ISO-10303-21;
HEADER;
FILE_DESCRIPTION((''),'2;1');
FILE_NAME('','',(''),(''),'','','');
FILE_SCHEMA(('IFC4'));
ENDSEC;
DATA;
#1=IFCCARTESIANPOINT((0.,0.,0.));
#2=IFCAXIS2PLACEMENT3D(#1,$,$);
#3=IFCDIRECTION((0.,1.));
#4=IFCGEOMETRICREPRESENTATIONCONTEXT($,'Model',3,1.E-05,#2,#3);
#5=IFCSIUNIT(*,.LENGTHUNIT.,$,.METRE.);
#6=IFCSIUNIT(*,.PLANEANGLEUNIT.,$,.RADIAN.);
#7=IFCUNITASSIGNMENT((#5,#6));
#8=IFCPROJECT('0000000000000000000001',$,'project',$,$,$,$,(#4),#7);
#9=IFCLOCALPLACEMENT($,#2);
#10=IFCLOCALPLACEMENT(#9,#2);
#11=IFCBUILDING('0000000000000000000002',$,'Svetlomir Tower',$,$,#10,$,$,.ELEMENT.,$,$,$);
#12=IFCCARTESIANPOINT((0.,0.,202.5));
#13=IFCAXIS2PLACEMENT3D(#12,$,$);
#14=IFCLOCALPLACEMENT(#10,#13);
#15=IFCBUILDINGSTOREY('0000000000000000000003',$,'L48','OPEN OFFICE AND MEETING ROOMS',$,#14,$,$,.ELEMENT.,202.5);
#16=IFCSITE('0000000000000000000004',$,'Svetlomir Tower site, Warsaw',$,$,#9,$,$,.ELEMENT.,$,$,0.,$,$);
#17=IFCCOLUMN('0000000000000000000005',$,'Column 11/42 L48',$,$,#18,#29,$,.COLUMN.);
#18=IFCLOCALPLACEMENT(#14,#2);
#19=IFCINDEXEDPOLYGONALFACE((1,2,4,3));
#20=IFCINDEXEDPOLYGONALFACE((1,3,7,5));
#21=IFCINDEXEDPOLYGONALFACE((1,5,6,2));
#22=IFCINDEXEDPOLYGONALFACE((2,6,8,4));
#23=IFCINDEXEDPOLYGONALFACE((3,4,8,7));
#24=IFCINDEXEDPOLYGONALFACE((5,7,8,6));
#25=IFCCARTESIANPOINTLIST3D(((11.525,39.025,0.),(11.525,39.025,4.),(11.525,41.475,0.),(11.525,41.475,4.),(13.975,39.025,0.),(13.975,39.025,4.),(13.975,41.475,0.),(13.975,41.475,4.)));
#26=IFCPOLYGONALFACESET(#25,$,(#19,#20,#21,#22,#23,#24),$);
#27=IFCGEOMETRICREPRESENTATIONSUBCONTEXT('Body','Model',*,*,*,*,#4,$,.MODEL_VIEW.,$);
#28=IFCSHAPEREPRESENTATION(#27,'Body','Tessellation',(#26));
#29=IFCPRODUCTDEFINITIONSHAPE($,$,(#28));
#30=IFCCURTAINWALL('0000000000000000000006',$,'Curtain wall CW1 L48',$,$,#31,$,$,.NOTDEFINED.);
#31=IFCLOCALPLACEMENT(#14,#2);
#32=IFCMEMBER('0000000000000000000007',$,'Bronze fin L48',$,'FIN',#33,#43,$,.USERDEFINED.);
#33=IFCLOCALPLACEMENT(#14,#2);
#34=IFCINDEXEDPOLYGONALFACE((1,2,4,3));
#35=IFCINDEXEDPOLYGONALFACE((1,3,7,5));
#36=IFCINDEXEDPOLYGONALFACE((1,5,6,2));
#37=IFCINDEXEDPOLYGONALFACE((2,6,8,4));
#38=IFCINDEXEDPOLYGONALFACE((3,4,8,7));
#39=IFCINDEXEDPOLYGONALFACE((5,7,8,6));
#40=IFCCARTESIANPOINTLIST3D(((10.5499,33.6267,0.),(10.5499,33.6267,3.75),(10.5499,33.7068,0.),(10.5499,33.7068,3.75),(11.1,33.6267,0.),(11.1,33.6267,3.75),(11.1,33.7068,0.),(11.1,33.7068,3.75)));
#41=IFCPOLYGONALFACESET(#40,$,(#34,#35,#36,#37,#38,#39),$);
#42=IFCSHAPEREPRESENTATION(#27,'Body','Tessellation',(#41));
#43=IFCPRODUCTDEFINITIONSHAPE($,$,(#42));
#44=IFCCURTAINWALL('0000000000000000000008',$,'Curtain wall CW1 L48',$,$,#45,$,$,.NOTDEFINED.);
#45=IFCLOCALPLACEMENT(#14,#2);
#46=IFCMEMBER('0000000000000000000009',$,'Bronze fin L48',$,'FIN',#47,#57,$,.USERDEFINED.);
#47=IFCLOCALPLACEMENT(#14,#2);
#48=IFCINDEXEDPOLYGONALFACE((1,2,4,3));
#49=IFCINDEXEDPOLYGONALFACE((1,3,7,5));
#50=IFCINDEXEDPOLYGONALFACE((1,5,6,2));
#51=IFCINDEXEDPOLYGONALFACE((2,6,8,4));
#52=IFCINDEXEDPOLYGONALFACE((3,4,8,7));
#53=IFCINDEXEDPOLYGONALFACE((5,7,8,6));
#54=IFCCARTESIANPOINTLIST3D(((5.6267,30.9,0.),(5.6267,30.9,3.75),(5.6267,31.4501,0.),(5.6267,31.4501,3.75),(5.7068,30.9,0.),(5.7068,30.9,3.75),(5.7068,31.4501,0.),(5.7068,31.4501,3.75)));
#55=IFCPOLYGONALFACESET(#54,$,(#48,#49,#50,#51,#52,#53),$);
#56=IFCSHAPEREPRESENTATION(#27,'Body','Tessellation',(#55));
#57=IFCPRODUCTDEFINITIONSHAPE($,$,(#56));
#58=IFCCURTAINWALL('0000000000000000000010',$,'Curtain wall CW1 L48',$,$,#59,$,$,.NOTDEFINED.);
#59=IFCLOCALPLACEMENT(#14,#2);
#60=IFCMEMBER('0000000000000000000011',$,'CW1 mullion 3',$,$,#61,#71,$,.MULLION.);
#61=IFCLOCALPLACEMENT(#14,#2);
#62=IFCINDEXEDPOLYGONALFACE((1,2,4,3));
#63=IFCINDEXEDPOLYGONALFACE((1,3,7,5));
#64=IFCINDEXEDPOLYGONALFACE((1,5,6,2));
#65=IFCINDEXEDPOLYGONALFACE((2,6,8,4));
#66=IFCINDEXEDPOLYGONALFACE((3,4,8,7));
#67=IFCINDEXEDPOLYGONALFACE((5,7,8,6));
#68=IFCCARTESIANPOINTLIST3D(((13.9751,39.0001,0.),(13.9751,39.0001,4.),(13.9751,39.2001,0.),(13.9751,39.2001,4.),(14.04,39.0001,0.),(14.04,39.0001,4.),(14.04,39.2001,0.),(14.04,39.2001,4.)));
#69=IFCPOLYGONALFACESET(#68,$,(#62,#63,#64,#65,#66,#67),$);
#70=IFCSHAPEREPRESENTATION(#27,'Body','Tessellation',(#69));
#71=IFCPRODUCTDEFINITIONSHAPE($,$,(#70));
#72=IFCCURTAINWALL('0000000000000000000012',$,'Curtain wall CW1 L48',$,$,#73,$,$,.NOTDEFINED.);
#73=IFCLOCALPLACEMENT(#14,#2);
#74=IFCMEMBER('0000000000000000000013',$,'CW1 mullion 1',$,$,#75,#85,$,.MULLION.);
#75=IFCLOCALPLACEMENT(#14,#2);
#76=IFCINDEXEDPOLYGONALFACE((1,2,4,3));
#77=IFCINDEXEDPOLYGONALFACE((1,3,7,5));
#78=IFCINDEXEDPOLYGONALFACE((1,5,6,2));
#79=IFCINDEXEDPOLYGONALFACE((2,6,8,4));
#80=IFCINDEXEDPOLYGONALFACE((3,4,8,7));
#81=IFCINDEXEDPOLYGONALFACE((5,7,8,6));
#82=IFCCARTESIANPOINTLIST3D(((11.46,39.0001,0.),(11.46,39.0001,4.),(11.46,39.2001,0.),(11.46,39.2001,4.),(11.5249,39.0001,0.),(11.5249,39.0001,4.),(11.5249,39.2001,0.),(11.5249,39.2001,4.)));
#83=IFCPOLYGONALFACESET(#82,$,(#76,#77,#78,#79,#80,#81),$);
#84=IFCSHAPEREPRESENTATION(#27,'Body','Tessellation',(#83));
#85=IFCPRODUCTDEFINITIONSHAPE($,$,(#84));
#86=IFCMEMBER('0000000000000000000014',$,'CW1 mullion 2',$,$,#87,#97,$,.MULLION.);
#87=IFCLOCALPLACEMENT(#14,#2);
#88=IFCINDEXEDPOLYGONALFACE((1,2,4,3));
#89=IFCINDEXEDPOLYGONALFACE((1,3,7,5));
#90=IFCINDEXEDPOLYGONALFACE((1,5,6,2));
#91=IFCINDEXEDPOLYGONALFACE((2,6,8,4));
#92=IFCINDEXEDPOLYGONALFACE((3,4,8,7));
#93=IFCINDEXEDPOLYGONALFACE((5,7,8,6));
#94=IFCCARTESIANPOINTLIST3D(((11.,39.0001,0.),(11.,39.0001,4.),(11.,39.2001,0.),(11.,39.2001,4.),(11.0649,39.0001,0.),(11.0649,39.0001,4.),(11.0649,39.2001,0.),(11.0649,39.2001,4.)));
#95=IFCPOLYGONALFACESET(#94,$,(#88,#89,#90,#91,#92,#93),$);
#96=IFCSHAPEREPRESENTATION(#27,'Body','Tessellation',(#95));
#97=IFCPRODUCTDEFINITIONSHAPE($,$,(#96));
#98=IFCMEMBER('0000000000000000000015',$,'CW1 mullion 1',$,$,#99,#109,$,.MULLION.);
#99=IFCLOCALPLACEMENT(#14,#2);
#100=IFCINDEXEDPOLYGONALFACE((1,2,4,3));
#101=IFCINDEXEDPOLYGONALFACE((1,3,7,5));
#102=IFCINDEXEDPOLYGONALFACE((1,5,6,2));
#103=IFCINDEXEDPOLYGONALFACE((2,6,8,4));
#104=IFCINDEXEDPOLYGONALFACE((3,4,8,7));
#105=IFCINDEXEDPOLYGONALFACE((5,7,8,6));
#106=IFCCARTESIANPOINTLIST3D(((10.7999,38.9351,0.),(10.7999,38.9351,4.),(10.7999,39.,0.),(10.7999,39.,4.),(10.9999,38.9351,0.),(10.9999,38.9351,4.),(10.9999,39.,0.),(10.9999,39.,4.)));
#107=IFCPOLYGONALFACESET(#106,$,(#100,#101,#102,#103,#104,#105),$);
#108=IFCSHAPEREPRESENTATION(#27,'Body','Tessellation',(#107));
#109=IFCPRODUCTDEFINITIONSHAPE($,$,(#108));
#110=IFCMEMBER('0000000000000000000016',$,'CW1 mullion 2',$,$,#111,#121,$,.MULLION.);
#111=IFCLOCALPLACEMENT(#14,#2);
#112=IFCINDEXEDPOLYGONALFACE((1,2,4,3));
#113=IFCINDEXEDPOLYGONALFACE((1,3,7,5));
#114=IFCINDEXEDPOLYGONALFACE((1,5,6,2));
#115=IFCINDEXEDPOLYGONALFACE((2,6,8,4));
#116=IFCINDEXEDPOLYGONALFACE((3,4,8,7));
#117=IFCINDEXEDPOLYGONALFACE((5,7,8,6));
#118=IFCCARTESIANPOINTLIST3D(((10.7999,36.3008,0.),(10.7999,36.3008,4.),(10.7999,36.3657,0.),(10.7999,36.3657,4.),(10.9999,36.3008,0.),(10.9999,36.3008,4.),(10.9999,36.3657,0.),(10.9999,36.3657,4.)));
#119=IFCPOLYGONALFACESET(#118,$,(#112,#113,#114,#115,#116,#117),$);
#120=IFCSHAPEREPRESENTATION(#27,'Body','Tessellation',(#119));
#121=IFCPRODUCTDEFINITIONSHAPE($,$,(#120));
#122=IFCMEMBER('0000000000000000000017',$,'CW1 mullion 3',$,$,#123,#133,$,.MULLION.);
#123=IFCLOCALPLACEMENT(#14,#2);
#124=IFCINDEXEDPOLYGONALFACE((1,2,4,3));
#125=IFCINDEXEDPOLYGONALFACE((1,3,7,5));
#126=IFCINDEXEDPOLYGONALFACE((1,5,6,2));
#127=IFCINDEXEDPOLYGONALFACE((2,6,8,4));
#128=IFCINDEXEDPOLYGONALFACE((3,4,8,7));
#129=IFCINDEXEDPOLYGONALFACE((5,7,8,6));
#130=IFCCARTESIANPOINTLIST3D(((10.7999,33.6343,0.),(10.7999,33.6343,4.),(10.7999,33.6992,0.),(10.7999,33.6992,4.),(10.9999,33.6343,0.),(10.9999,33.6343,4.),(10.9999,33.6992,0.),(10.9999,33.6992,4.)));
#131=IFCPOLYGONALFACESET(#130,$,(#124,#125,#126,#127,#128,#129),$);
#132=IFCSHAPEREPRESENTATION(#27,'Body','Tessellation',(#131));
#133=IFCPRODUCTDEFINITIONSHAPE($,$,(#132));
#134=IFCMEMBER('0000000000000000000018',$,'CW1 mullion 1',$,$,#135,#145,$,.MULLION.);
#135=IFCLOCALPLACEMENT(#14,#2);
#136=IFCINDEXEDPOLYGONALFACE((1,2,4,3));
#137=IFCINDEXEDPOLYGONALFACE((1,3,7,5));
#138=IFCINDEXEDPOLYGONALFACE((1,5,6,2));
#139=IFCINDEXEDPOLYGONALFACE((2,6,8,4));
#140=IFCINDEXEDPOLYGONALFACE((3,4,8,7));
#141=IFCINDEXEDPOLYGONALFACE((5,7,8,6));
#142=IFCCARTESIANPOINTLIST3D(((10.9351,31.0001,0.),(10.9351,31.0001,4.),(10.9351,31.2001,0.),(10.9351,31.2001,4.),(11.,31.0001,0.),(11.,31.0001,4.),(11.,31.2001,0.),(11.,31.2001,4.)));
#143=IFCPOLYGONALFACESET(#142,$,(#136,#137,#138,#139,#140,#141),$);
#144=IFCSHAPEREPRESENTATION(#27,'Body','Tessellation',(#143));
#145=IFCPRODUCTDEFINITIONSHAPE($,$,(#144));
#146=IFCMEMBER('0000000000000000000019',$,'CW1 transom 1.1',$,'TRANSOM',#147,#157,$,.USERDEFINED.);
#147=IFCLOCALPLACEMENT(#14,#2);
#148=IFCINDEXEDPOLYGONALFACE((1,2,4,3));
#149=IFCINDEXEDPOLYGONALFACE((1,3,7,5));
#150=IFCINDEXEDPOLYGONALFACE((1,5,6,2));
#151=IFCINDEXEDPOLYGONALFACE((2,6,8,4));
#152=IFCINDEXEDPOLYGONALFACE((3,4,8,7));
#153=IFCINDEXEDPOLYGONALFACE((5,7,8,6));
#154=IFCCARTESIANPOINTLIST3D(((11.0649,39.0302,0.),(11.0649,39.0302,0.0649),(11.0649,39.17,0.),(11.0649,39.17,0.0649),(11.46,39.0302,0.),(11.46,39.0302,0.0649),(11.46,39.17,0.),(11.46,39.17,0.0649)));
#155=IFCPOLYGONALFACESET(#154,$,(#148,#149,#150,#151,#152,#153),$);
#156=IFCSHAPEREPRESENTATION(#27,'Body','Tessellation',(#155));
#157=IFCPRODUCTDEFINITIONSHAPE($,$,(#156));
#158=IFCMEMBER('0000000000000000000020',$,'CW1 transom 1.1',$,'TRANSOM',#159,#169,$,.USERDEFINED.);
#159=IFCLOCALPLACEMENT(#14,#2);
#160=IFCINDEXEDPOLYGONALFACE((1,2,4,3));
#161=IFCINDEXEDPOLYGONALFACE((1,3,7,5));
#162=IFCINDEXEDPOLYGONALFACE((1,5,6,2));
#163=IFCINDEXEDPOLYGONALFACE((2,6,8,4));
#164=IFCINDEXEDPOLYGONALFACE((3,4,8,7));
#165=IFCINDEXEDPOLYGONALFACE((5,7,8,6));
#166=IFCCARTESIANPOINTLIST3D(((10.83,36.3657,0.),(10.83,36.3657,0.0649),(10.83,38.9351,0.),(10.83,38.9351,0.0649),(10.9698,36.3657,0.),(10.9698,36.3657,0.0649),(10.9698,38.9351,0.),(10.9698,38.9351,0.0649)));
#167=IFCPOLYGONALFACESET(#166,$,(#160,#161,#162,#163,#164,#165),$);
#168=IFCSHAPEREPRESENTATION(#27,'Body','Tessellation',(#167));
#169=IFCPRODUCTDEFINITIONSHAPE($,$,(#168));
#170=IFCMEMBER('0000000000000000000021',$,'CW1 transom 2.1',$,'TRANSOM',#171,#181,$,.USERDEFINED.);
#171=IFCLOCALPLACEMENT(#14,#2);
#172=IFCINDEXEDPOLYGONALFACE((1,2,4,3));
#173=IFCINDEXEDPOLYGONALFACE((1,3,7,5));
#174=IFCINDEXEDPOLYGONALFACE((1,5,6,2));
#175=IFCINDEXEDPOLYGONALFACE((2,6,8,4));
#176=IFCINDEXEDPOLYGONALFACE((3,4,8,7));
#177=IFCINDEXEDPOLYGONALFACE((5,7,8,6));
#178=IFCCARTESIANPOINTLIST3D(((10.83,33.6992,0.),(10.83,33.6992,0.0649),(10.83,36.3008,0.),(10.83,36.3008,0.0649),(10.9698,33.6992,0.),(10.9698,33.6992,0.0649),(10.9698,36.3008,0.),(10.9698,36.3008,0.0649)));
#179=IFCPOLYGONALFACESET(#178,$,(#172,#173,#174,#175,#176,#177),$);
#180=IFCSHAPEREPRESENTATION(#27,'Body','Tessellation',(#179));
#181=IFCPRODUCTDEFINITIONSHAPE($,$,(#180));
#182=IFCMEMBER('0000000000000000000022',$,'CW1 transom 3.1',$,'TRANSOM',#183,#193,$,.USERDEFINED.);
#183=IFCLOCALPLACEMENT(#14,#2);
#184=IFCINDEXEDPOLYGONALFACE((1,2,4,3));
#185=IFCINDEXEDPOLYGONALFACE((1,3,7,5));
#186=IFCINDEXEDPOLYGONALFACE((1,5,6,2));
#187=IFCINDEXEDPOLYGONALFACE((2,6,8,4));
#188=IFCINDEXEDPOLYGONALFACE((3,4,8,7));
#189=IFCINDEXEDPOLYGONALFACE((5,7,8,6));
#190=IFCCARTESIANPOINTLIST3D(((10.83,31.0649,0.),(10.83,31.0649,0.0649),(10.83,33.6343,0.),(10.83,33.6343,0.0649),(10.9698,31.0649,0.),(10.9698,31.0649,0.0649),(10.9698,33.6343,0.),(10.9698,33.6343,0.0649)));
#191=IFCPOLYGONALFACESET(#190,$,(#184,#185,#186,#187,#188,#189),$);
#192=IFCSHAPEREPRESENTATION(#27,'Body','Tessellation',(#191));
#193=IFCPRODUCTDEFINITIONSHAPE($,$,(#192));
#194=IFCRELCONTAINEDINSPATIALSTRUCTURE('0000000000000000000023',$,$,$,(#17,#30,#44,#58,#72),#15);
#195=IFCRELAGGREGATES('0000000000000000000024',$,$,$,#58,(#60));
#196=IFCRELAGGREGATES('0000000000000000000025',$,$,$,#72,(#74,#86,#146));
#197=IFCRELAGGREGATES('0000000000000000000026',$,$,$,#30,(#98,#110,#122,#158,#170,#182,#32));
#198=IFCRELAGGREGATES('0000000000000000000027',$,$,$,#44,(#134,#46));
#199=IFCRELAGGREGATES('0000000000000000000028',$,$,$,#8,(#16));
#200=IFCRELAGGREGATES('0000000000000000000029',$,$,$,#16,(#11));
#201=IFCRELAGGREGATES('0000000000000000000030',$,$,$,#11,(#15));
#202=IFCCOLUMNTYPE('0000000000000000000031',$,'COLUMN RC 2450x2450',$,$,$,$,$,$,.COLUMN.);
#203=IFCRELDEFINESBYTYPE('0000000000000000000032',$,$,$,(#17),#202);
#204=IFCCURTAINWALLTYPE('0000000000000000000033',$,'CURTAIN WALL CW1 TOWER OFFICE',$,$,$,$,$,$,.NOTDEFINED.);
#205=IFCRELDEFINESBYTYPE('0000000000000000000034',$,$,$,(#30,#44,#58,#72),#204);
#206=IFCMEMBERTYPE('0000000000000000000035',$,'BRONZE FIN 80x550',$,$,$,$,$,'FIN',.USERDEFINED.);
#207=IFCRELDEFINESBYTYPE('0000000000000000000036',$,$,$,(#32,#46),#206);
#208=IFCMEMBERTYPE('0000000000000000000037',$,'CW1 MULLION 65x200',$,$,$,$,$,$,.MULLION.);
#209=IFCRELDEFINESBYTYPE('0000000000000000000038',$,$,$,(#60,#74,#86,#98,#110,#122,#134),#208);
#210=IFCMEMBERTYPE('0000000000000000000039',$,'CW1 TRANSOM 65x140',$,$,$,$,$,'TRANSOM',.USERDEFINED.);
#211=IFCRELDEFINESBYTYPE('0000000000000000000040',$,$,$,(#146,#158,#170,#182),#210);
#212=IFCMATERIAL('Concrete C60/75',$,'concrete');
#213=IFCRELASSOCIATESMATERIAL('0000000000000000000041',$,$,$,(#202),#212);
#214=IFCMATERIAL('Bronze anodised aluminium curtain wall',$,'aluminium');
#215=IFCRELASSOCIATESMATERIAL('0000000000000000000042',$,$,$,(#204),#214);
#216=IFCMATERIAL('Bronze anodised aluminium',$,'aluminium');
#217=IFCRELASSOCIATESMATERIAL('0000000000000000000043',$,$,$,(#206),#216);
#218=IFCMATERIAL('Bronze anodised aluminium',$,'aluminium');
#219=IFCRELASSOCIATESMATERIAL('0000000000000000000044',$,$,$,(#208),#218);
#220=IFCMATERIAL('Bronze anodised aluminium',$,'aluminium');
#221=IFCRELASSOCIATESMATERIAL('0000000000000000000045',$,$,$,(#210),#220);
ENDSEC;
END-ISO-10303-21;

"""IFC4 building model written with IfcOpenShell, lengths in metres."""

from ifc_helpers import new_model, si_unit, direction, frame, origin, origin_2d, place, context, subcontext, project, spatial, rectangle, extrude, material, material_profile, profile_set, type_object, element, aggregate, save


model = new_model("IFC4")

# Units and contexts
model_context = context("Model", 3, precision=1e-05, world=origin(), true_north=direction((0.0, 1.0)))
body_context = subcontext(model_context, "Body", "Model", "MODEL_VIEW")
ifc_project = project(units=[si_unit("LENGTHUNIT", "METRE"), si_unit("PLANEANGLEUNIT", "RADIAN")], contexts=[model_context])

# Site, building, storey
site_placement = place(None, origin())
site = spatial("IfcSite", under=ifc_project, at=site_placement, Name="Svetlomir Tower site, Warsaw", CompositionType="ELEMENT", RefElevation=0.0)
building_placement = place(site_placement, origin())
building = spatial("IfcBuilding", under=site, at=building_placement, Name="Svetlomir Tower", CompositionType="ELEMENT")
storey_placement = place(building_placement, frame((0.0, 0.0, 202.5)))
storey = spatial("IfcBuildingStorey", under=building, at=storey_placement, Name="L48", Description="OPEN OFFICE AND MEETING ROOMS", CompositionType="ELEMENT", Elevation=202.5)

# Column
ifc_material_1 = material(Name="Concrete C60/75", Category="concrete")
ifc_material_profile_1 = material_profile(ifc_material_1, rectangle(XDim=2.45, YDim=2.45, at=origin_2d()), Name="RC 2450x2450")
ifc_profile_set_1 = profile_set([ifc_material_profile_1], Name="Concrete C60/75")
column_type = type_object("IfcColumnType", Name="COLUMN RC 2450x2450", PredefinedType="COLUMN", material=ifc_profile_set_1)
column_placement = place(storey_placement, frame((12.75, 40.25, 0.0), z_axis=(0.0, 0.0, 1.0), x_axis=(1.0, 0.0, 0.0)))
element("IfcColumn", 1, at=column_placement, inside=storey, type_object=column_type, Name="Column 11/42 L48", PredefinedType="COLUMN", context=body_context, shape_type="SweptSolid", body=[
    extrude(rectangle(XDim=2.45, YDim=2.45, at=origin_2d()), origin(), (0.0, 0.0, 1.0), 4.0),
])

# Curtain walls, members
ifc_material_2 = material(Name="Bronze anodised aluminium curtain wall", Category="aluminium")
curtain_wall_type = type_object("IfcCurtainWallType", Name="CURTAIN WALL CW1 TOWER OFFICE", PredefinedType="NOTDEFINED", material=ifc_material_2)
curtain_wall_1_placement = place(storey_placement, origin())
curtain_wall_1 = element("IfcCurtainWall", 2, at=curtain_wall_1_placement, inside=storey, type_object=curtain_wall_type, Name="Curtain wall CW1 L48", PredefinedType="NOTDEFINED")
ifc_material_3 = material(Name="Bronze anodised aluminium", Category="aluminium")
ifc_material_profile_2 = material_profile(ifc_material_3, rectangle(XDim=0.0801, YDim=0.55, at=origin_2d()), Name="FIN 80x550")
ifc_profile_set_2 = profile_set([ifc_material_profile_2], Name="Bronze anodised aluminium 6063-T6")
member_type_1 = type_object("IfcMemberType", Name="BRONZE FIN 80x550", ElementType="FIN", PredefinedType="USERDEFINED", material=ifc_profile_set_2)
member_1_placement = place(storey_placement, frame((10.825, 33.6667, 0.0), z_axis=(0.0, 0.0, 1.0), x_axis=(0.0, 1.0, 0.0)))
member_1 = element("IfcMember", 3, at=member_1_placement, type_object=member_type_1, Name="Bronze fin L48", ObjectType="FIN", PredefinedType="USERDEFINED", context=body_context, shape_type="SweptSolid", body=[
    extrude(rectangle(XDim=0.0801, YDim=0.55, at=origin_2d()), origin(), (0.0, 0.0, 1.0), 3.75),
])
curtain_wall_2_placement = place(storey_placement, origin())
curtain_wall_2 = element("IfcCurtainWall", 4, at=curtain_wall_2_placement, inside=storey, type_object=curtain_wall_type, Name="Curtain wall CW1 L48", PredefinedType="NOTDEFINED")
member_2_placement = place(storey_placement, frame((5.6667, 31.175, 0.0), z_axis=(0.0, 0.0, 1.0), x_axis=(1.0, 0.0, 0.0)))
member_2 = element("IfcMember", 5, at=member_2_placement, type_object=member_type_1, Name="Bronze fin L48", ObjectType="FIN", PredefinedType="USERDEFINED", context=body_context, shape_type="SweptSolid", body=[
    extrude(rectangle(XDim=0.0801, YDim=0.55, at=origin_2d()), origin(), (0.0, 0.0, 1.0), 3.75),
])
curtain_wall_3_placement = place(storey_placement, origin())
curtain_wall_3 = element("IfcCurtainWall", 6, at=curtain_wall_3_placement, inside=storey, type_object=curtain_wall_type, Name="Curtain wall CW1 L48", PredefinedType="NOTDEFINED")
ifc_material_4 = material(Name="Bronze anodised aluminium", Category="aluminium")
ifc_material_profile_3 = material_profile(ifc_material_4, rectangle(XDim=0.0649, YDim=0.2, at=origin_2d()), Name="AL 65x200")
ifc_profile_set_3 = profile_set([ifc_material_profile_3], Name="Bronze anodised aluminium 6063-T6")
member_type_2 = type_object("IfcMemberType", Name="CW1 MULLION 65x200", PredefinedType="MULLION", material=ifc_profile_set_3)
member_3_placement = place(storey_placement, frame((14.0076, 39.1001, 0.0), z_axis=(0.0, 0.0, 1.0), x_axis=(-1.0, 0.0, 0.0)))
member_3 = element("IfcMember", 7, at=member_3_placement, type_object=member_type_2, Name="CW1 mullion 3", PredefinedType="MULLION", context=body_context, shape_type="SweptSolid", body=[
    extrude(rectangle(XDim=0.0649, YDim=0.2, at=origin_2d()), origin(), (0.0, 0.0, 1.0), 4.0),
])
aggregate(curtain_wall_3, [member_3])

# Curtain wall, members
curtain_wall_4_placement = place(storey_placement, origin())
curtain_wall_4 = element("IfcCurtainWall", 8, at=curtain_wall_4_placement, inside=storey, type_object=curtain_wall_type, Name="Curtain wall CW1 L48", PredefinedType="NOTDEFINED")
member_4_placement = place(storey_placement, frame((11.4924, 39.1001, 0.0), z_axis=(0.0, 0.0, 1.0), x_axis=(-1.0, 0.0, 0.0)))
member_4 = element("IfcMember", 9, at=member_4_placement, type_object=member_type_2, Name="CW1 mullion 1", PredefinedType="MULLION", context=body_context, shape_type="SweptSolid", body=[
    extrude(rectangle(XDim=0.0649, YDim=0.2, at=origin_2d()), origin(), (0.0, 0.0, 1.0), 4.0),
])
member_5_placement = place(storey_placement, frame((11.0325, 39.1001, 0.0), z_axis=(0.0, 0.0, 1.0), x_axis=(-1.0, 0.0, 0.0)))
member_5 = element("IfcMember", 10, at=member_5_placement, type_object=member_type_2, Name="CW1 mullion 2", PredefinedType="MULLION", context=body_context, shape_type="SweptSolid", body=[
    extrude(rectangle(XDim=0.0649, YDim=0.2, at=origin_2d()), origin(), (0.0, 0.0, 1.0), 4.0),
])

# Members
member_6_placement = place(storey_placement, frame((10.8999, 38.9675, 0.0), z_axis=(0.0, 0.0, 1.0), x_axis=(0.0, -1.0, 0.0)))
member_6 = element("IfcMember", 11, at=member_6_placement, type_object=member_type_2, Name="CW1 mullion 1", PredefinedType="MULLION", context=body_context, shape_type="SweptSolid", body=[
    extrude(rectangle(XDim=0.0649, YDim=0.2, at=origin_2d()), origin(), (0.0, 0.0, 1.0), 4.0),
])
member_7_placement = place(storey_placement, frame((10.8999, 36.3333, 0.0), z_axis=(0.0, 0.0, 1.0), x_axis=(0.0, -1.0, 0.0)))
member_7 = element("IfcMember", 12, at=member_7_placement, type_object=member_type_2, Name="CW1 mullion 2", PredefinedType="MULLION", context=body_context, shape_type="SweptSolid", body=[
    extrude(rectangle(XDim=0.0649, YDim=0.2, at=origin_2d()), origin(), (0.0, 0.0, 1.0), 4.0),
])
member_8_placement = place(storey_placement, frame((10.8999, 33.6667, 0.0), z_axis=(0.0, 0.0, 1.0), x_axis=(0.0, -1.0, 0.0)))
member_8 = element("IfcMember", 13, at=member_8_placement, type_object=member_type_2, Name="CW1 mullion 3", PredefinedType="MULLION", context=body_context, shape_type="SweptSolid", body=[
    extrude(rectangle(XDim=0.0649, YDim=0.2, at=origin_2d()), origin(), (0.0, 0.0, 1.0), 4.0),
])
member_9_placement = place(storey_placement, frame((10.9675, 31.1001, 0.0), z_axis=(0.0, 0.0, 1.0), x_axis=(-1.0, 0.0, 0.0)))
member_9 = element("IfcMember", 14, at=member_9_placement, type_object=member_type_2, Name="CW1 mullion 1", PredefinedType="MULLION", context=body_context, shape_type="SweptSolid", body=[
    extrude(rectangle(XDim=0.0649, YDim=0.2, at=origin_2d()), origin(), (0.0, 0.0, 1.0), 4.0),
])
ifc_material_5 = material(Name="Bronze anodised aluminium", Category="aluminium")
ifc_material_profile_4 = material_profile(ifc_material_5, rectangle(XDim=0.1399, YDim=0.0649, at=origin_2d()), Name="AL 140x65")
ifc_profile_set_4 = profile_set([ifc_material_profile_4], Name="Bronze anodised aluminium 6063-T6")
member_type_3 = type_object("IfcMemberType", Name="CW1 TRANSOM 65x140", ElementType="TRANSOM", PredefinedType="USERDEFINED", material=ifc_profile_set_4)
member_10_placement = place(storey_placement, frame((11.46, 39.1001, 0.0325), z_axis=(-1.0, 0.0, 0.0), x_axis=(0.0, -1.0, 0.0)))
member_10 = element("IfcMember", 15, at=member_10_placement, type_object=member_type_3, Name="CW1 transom 1.1", ObjectType="TRANSOM", PredefinedType="USERDEFINED", context=body_context, shape_type="SweptSolid", body=[
    extrude(rectangle(XDim=0.1399, YDim=0.0649, at=origin_2d()), origin(), (0.0, 0.0, 1.0), 0.395),
])
member_11_placement = place(storey_placement, frame((10.8999, 38.9351, 0.0325), z_axis=(0.0, -1.0, 0.0), x_axis=(1.0, 0.0, 0.0)))
member_11 = element("IfcMember", 16, at=member_11_placement, type_object=member_type_3, Name="CW1 transom 1.1", ObjectType="TRANSOM", PredefinedType="USERDEFINED", context=body_context, shape_type="SweptSolid", body=[
    extrude(rectangle(XDim=0.1399, YDim=0.0649, at=origin_2d()), origin(), (0.0, 0.0, 1.0), 2.5693),
])
member_12_placement = place(storey_placement, frame((10.8999, 36.3008, 0.0325), z_axis=(0.0, -1.0, 0.0), x_axis=(1.0, 0.0, 0.0)))
member_12 = element("IfcMember", 17, at=member_12_placement, type_object=member_type_3, Name="CW1 transom 2.1", ObjectType="TRANSOM", PredefinedType="USERDEFINED", context=body_context, shape_type="SweptSolid", body=[
    extrude(rectangle(XDim=0.1399, YDim=0.0649, at=origin_2d()), origin(), (0.0, 0.0, 1.0), 2.6016),
])
member_13_placement = place(storey_placement, frame((10.8999, 33.6343, 0.0325), z_axis=(0.0, -1.0, 0.0), x_axis=(1.0, 0.0, 0.0)))
member_13 = element("IfcMember", 18, at=member_13_placement, type_object=member_type_3, Name="CW1 transom 3.1", ObjectType="TRANSOM", PredefinedType="USERDEFINED", context=body_context, shape_type="SweptSolid", body=[
    extrude(rectangle(XDim=0.1399, YDim=0.0649, at=origin_2d()), origin(), (0.0, 0.0, 1.0), 2.5693),
])

aggregate(curtain_wall_4, [member_4, member_5, member_10])
aggregate(curtain_wall_1, [member_6, member_7, member_8, member_11, member_12, member_13, member_1])
aggregate(curtain_wall_2, [member_9, member_2])

save(model, "model.ifc")
